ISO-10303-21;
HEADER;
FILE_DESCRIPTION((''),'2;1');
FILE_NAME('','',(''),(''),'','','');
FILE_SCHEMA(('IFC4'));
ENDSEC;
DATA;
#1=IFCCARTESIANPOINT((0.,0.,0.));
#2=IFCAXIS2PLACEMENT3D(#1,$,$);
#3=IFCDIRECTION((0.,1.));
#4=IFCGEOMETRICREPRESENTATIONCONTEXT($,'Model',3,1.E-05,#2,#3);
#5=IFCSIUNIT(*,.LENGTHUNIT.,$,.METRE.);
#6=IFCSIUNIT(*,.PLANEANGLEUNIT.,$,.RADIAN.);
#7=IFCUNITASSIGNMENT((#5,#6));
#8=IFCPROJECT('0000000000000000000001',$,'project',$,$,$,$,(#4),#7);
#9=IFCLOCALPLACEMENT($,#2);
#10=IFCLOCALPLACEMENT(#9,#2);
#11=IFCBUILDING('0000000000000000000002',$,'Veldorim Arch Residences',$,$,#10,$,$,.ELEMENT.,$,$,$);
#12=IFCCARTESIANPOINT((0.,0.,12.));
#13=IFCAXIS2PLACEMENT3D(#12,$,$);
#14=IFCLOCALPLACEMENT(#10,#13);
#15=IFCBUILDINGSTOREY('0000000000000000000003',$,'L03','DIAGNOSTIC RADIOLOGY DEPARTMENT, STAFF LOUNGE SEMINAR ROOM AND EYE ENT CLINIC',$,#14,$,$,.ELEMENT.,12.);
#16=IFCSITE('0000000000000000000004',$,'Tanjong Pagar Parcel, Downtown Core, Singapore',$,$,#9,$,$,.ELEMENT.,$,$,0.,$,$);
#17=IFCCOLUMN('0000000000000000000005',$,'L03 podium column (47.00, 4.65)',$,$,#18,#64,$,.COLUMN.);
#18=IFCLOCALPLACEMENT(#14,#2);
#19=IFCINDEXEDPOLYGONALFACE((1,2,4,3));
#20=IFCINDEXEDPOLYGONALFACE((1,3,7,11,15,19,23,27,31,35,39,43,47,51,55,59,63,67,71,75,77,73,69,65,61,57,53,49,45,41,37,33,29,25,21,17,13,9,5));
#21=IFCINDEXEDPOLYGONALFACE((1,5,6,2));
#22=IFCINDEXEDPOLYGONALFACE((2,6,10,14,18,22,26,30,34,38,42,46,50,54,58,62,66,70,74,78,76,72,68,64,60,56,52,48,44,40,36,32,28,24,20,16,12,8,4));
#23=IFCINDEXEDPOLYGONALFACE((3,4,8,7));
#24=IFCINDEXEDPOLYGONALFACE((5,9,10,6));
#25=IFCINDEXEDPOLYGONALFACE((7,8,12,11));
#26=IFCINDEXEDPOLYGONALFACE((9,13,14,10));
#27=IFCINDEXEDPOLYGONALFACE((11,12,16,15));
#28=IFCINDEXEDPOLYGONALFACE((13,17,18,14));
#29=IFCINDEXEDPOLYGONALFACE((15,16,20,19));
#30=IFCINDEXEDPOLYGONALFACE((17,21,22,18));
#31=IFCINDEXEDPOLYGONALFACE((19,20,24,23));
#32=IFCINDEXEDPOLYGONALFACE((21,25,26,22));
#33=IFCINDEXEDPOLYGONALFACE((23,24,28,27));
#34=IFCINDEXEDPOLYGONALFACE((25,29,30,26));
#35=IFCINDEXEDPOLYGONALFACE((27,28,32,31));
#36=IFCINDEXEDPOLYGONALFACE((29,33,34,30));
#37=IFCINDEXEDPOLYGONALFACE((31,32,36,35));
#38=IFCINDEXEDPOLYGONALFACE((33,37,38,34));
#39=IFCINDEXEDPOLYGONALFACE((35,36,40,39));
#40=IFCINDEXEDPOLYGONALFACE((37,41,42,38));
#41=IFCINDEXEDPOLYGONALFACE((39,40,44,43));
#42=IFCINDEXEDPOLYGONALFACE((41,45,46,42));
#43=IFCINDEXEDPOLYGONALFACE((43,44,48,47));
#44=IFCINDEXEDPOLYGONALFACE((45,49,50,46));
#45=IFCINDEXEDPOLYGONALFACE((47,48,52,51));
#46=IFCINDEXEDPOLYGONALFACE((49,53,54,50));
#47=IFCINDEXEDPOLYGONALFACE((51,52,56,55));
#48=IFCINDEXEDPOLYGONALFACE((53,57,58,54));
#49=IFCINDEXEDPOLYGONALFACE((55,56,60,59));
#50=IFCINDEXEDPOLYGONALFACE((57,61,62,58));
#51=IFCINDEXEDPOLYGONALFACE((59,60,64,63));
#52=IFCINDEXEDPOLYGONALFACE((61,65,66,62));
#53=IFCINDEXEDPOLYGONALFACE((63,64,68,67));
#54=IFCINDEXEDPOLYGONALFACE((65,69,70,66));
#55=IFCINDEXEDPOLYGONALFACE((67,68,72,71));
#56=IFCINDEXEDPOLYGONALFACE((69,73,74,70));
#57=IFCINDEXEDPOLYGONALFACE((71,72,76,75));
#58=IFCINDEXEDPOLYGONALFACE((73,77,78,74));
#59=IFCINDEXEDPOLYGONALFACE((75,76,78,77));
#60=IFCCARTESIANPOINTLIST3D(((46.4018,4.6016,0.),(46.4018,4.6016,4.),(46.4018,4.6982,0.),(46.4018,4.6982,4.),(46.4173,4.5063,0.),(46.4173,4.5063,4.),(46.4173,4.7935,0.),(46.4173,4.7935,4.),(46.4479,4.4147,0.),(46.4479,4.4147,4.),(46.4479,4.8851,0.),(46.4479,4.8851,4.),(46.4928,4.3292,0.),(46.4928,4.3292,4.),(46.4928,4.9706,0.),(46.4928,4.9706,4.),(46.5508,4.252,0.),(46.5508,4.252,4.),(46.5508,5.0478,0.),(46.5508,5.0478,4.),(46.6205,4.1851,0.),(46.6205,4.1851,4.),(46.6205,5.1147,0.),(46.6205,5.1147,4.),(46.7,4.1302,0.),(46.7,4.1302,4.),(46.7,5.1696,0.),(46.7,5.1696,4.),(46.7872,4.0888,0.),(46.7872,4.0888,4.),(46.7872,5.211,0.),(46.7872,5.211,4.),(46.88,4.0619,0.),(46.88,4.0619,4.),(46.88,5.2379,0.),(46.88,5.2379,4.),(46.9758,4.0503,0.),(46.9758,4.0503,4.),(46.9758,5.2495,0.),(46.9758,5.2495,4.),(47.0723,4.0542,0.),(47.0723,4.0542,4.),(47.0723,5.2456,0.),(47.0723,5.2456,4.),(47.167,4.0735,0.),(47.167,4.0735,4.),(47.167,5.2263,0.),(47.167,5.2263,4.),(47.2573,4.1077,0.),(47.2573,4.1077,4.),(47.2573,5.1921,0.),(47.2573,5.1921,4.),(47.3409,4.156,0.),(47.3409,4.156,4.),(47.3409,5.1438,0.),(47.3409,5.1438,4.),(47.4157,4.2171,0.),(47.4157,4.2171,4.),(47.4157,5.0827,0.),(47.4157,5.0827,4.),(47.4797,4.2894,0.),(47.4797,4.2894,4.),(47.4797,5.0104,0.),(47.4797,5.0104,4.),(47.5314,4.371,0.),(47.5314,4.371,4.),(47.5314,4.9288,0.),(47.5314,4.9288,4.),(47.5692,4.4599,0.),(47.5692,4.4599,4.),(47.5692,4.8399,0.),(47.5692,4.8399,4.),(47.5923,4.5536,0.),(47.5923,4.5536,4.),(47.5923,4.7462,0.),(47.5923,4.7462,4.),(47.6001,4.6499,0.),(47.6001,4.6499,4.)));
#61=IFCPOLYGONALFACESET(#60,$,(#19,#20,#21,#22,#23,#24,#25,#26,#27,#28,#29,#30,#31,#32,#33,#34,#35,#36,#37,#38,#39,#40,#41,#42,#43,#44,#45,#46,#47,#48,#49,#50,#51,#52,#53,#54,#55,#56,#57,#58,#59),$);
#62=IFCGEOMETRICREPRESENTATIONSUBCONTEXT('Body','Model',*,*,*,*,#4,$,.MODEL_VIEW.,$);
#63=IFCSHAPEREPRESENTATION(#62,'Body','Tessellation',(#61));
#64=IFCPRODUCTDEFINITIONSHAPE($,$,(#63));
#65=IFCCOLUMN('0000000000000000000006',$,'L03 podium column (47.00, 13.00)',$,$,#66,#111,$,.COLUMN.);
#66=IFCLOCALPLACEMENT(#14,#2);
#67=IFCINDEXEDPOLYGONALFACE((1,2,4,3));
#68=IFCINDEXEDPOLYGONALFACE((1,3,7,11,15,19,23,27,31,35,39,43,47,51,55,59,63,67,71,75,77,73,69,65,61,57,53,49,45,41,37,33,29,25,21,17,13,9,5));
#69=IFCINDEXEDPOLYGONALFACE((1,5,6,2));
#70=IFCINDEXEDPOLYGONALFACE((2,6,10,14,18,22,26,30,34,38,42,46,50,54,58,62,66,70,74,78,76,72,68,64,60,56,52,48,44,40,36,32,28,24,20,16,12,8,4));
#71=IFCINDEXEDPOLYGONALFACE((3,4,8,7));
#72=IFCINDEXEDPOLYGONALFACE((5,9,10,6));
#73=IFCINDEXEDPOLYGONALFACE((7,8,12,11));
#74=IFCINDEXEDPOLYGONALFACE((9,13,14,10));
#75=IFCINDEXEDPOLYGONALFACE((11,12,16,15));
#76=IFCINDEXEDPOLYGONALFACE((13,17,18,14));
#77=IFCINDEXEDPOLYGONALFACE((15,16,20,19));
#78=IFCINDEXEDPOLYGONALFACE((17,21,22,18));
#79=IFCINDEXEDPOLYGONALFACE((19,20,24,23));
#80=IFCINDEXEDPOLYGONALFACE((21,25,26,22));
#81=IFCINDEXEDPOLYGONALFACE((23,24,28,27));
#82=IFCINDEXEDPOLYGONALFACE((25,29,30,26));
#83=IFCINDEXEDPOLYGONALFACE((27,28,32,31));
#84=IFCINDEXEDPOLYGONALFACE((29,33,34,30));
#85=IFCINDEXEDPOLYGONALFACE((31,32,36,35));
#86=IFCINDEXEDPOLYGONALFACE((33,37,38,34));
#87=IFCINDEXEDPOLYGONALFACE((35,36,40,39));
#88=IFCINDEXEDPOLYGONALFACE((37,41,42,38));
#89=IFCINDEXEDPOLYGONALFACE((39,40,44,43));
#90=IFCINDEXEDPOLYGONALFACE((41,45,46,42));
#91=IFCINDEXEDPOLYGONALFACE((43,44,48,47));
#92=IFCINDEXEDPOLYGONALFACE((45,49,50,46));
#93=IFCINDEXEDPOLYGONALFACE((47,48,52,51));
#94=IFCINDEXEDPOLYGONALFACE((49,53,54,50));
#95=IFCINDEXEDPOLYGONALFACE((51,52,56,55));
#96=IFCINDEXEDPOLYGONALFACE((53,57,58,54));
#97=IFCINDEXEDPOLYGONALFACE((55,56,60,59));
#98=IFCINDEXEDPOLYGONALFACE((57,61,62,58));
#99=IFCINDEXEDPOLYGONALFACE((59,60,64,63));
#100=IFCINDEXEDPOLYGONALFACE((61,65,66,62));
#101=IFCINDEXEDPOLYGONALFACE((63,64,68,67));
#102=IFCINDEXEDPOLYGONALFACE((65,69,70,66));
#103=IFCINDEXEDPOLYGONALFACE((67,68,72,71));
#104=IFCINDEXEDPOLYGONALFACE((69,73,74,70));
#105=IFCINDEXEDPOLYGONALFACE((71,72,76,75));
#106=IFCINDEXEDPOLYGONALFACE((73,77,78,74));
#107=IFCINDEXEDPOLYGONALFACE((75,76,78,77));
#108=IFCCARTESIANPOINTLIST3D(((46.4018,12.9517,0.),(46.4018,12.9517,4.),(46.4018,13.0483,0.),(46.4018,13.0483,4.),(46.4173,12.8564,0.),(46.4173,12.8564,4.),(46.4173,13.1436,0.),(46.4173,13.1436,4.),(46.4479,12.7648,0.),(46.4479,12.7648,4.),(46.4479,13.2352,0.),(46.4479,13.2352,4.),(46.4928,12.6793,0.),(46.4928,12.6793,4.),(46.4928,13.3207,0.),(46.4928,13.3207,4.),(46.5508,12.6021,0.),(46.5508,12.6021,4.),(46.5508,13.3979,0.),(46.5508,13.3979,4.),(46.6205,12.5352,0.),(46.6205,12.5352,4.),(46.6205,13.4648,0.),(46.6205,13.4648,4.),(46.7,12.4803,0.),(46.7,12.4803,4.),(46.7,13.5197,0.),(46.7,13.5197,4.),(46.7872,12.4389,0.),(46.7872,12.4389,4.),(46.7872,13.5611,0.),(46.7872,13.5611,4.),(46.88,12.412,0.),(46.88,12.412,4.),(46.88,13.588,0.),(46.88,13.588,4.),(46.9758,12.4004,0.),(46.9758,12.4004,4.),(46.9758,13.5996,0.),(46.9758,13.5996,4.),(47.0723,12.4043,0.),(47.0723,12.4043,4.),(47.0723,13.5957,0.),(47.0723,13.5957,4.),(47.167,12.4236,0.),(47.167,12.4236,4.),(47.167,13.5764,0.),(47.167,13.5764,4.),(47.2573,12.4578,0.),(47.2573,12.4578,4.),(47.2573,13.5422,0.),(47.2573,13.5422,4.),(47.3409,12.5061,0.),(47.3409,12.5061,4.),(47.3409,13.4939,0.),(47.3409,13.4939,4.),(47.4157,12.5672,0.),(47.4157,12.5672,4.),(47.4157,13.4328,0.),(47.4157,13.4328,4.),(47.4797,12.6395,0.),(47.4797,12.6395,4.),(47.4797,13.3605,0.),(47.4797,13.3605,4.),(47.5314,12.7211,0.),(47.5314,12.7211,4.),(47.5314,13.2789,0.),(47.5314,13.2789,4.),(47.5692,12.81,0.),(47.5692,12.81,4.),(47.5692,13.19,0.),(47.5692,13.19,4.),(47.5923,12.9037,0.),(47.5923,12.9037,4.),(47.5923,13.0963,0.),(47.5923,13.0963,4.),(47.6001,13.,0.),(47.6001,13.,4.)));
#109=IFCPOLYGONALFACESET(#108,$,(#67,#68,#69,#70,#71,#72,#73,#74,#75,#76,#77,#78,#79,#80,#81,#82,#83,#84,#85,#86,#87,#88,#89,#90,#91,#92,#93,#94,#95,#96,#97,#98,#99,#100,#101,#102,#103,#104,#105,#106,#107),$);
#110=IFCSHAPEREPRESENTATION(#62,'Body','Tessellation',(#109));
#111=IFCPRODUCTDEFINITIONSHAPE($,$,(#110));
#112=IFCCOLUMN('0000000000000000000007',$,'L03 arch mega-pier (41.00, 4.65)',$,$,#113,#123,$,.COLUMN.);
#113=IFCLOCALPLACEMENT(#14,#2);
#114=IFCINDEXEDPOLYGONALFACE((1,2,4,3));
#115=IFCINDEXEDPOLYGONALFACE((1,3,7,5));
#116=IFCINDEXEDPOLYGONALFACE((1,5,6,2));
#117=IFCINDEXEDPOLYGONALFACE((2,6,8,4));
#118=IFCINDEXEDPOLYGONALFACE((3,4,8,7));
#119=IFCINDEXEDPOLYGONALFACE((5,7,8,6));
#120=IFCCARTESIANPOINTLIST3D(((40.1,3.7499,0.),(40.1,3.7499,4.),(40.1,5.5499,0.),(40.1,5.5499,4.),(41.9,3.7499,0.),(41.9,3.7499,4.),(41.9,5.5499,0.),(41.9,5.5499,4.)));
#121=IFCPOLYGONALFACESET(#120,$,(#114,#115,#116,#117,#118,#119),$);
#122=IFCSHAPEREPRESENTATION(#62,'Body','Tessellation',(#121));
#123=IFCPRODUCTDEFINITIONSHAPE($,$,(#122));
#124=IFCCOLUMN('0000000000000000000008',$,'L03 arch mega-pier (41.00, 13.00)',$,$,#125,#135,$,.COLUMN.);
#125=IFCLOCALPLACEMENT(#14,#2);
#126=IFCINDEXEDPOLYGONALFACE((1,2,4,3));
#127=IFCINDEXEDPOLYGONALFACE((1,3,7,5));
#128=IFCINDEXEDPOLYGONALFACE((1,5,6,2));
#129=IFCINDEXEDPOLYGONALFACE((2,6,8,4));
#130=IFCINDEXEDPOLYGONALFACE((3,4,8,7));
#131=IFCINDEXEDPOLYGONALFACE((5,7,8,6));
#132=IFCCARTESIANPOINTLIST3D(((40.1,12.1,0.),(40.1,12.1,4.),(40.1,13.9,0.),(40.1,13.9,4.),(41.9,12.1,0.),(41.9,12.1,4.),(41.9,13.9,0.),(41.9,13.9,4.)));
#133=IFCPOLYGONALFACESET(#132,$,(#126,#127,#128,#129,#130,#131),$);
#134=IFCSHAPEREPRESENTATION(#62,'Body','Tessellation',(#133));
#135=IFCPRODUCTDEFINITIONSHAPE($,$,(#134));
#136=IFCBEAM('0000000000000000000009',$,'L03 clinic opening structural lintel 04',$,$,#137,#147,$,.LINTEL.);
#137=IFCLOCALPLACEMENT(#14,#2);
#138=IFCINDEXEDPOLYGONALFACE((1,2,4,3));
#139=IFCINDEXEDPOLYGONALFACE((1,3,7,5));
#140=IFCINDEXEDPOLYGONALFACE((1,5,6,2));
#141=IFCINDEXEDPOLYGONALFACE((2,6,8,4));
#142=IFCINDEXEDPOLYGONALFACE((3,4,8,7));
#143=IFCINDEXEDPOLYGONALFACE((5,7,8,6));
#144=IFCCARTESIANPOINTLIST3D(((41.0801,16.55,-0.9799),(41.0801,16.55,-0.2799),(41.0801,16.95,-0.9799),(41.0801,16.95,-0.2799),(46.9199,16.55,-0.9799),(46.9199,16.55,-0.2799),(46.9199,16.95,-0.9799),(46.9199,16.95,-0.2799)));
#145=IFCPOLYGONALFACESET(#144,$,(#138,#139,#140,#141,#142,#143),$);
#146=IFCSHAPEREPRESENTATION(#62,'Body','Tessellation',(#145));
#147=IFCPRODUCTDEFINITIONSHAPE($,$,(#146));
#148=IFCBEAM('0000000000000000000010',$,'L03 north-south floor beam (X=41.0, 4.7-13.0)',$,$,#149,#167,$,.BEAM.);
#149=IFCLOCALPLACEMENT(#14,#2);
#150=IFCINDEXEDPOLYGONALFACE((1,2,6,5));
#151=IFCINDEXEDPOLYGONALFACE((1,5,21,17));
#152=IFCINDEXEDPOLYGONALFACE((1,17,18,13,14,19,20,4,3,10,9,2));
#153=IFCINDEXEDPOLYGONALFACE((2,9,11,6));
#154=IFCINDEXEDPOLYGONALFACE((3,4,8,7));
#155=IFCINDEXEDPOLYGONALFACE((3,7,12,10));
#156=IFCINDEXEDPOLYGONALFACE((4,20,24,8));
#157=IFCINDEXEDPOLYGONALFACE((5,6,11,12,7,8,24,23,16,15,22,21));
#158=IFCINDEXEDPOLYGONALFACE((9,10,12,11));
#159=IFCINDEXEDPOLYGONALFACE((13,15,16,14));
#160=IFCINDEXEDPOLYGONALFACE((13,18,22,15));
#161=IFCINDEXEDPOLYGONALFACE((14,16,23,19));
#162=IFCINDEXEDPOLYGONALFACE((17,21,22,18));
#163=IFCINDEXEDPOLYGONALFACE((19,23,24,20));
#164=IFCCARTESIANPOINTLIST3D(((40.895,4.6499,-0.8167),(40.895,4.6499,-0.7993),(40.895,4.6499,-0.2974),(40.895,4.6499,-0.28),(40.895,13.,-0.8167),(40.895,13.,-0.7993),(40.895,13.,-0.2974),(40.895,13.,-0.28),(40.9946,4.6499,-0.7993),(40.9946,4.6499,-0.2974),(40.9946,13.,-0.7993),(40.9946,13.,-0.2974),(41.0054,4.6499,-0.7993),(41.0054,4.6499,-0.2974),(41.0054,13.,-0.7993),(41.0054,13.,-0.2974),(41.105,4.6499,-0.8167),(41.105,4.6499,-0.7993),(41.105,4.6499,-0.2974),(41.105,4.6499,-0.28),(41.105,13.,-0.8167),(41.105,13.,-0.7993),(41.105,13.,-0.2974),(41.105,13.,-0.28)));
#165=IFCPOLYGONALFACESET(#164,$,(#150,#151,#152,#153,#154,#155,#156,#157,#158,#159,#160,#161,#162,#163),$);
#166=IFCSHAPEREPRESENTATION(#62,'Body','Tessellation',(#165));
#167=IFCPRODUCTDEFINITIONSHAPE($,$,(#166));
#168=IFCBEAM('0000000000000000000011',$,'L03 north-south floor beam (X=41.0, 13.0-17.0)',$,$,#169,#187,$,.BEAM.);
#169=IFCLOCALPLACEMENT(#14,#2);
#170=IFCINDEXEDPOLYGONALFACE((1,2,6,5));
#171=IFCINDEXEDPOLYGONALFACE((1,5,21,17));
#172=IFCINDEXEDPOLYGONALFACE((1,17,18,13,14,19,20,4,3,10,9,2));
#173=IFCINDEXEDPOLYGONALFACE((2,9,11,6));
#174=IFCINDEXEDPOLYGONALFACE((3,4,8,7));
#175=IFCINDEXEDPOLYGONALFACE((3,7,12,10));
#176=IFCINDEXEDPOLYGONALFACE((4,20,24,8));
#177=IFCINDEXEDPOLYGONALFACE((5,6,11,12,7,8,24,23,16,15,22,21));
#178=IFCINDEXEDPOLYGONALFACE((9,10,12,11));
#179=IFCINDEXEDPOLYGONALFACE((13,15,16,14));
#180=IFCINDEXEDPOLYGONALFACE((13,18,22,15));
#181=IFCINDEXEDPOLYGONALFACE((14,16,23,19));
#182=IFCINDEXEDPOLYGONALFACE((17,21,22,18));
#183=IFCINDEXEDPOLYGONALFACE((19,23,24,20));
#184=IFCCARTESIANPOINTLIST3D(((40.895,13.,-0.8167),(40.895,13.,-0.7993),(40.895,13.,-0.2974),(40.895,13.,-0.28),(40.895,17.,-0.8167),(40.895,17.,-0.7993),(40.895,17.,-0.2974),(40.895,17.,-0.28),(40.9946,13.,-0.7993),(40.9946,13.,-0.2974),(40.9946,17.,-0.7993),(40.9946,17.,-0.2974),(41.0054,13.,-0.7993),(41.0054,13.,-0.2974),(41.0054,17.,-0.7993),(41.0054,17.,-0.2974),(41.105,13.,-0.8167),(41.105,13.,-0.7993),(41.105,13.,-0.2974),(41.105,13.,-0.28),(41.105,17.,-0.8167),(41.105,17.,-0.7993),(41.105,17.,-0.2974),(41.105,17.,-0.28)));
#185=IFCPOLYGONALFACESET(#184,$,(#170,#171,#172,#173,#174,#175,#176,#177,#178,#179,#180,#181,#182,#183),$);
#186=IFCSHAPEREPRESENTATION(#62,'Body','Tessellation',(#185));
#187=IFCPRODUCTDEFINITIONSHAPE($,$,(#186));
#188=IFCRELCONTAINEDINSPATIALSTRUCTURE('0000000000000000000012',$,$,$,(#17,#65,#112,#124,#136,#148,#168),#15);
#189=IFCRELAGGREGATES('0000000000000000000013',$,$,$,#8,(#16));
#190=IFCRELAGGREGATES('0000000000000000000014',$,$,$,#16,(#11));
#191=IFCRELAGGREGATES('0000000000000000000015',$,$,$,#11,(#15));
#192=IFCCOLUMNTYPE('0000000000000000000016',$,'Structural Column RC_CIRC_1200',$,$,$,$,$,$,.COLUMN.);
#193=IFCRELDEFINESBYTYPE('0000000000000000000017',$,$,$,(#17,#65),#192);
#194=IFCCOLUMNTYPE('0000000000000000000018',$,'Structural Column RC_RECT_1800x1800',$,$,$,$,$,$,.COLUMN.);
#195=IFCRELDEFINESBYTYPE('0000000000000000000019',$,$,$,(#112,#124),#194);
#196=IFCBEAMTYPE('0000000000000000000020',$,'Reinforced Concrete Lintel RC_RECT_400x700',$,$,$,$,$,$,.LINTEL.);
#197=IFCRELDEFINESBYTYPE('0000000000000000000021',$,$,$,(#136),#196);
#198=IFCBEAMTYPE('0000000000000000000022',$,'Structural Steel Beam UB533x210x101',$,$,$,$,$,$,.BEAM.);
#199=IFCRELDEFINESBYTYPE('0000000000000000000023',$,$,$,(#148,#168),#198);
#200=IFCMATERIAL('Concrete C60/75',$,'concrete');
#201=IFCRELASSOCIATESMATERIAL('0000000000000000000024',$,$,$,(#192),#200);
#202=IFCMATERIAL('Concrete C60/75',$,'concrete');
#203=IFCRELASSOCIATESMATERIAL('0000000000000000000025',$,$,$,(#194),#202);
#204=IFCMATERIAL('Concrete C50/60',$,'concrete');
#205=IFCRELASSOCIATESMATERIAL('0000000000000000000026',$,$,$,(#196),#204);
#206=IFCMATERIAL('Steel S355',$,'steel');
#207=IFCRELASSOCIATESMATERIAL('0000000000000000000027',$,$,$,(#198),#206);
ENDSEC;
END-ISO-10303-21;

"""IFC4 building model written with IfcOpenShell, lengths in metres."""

from ifc_helpers import new_model, si_unit, direction, frame, origin, origin_2d, place, context, subcontext, project, spatial, rectangle, circle, i_section, extrude, material, material_profile, profile_set, type_object, element, save


model = new_model("IFC4")

# Units and contexts
model_context = context("Model", 3, precision=1e-05, world=origin(), true_north=direction((0.0, 1.0)))
body_context = subcontext(model_context, "Body", "Model", "MODEL_VIEW")
ifc_project = project(units=[si_unit("LENGTHUNIT", "METRE"), si_unit("PLANEANGLEUNIT", "RADIAN")], contexts=[model_context])

# Site, building, storey
site_placement = place(None, origin())
site = spatial("IfcSite", under=ifc_project, at=site_placement, Name="Tanjong Pagar Parcel, Downtown Core, Singapore", CompositionType="ELEMENT", RefElevation=0.0)
building_placement = place(site_placement, origin())
building = spatial("IfcBuilding", under=site, at=building_placement, Name="Veldorim Arch Residences", CompositionType="ELEMENT")
storey_placement = place(building_placement, frame((0.0, 0.0, 12.0)))
storey = spatial("IfcBuildingStorey", under=building, at=storey_placement, Name="L03", Description="DIAGNOSTIC RADIOLOGY DEPARTMENT, STAFF LOUNGE SEMINAR ROOM AND EYE ENT CLINIC", CompositionType="ELEMENT", Elevation=12.0)

# Columns
ifc_material_1 = material(Name="Concrete C60/75", Category="concrete")
ifc_material_profile_1 = material_profile(ifc_material_1, circle(Radius=0.6001, at=origin_2d()), Name="RC_CIRC_1200")
ifc_profile_set_1 = profile_set([ifc_material_profile_1], Name="Concrete C60/75")
column_type_1 = type_object("IfcColumnType", Name="Structural Column RC_CIRC_1200", PredefinedType="COLUMN", material=ifc_profile_set_1)
for number, where, z_axis, x_axis, name in (
    (1, (47.0, 4.6499, 0.0), (0.0, 0.0, 1.0), (1.0, 0.0, 0.0), "L03 podium column (47.00, 4.65)"),
    (2, (47.0, 13.0, 0.0), (0.0, 0.0, 1.0), (1.0, 0.0, 0.0), "L03 podium column (47.00, 13.00)"),
):
    element("IfcColumn", number, at=place(storey_placement, frame(where, z_axis=z_axis, x_axis=x_axis)), inside=storey, type_object=column_type_1, Name=name, PredefinedType="COLUMN", context=body_context, shape_type="SweptSolid", body=[
        extrude(circle(Radius=0.6001, at=origin_2d()), origin(), (0.0, 0.0, 1.0), 4.0),
    ])
ifc_material_2 = material(Name="Concrete C60/75", Category="concrete")
ifc_material_profile_2 = material_profile(ifc_material_2, rectangle(XDim=1.8, YDim=1.8, at=origin_2d()), Name="RC_RECT_1800x1800")
ifc_profile_set_2 = profile_set([ifc_material_profile_2], Name="Concrete C60/75")
column_type_2 = type_object("IfcColumnType", Name="Structural Column RC_RECT_1800x1800", PredefinedType="COLUMN", material=ifc_profile_set_2)
for number, where, z_axis, x_axis, name in (
    (3, (41.0, 4.6499, 0.0), (0.0, 0.0, 1.0), (1.0, 0.0, 0.0), "L03 arch mega-pier (41.00, 4.65)"),
    (4, (41.0, 13.0, 0.0), (0.0, 0.0, 1.0), (1.0, 0.0, 0.0), "L03 arch mega-pier (41.00, 13.00)"),
):
    element("IfcColumn", number, at=place(storey_placement, frame(where, z_axis=z_axis, x_axis=x_axis)), inside=storey, type_object=column_type_2, Name=name, PredefinedType="COLUMN", context=body_context, shape_type="SweptSolid", body=[
        extrude(rectangle(XDim=1.8, YDim=1.8, at=origin_2d()), origin(), (0.0, 0.0, 1.0), 4.0),
    ])

# Beams
ifc_material_3 = material(Name="Concrete C50/60", Category="concrete")
ifc_material_profile_3 = material_profile(ifc_material_3, rectangle(XDim=0.3999, YDim=0.7, at=origin_2d()), Name="RC_RECT_400x700")
ifc_profile_set_3 = profile_set([ifc_material_profile_3], Name="Concrete C50/60")
beam_type_1 = type_object("IfcBeamType", Name="Reinforced Concrete Lintel RC_RECT_400x700", PredefinedType="LINTEL", material=ifc_profile_set_3)
beam_1_placement = place(storey_placement, frame((41.0801, 16.75, -0.6299), z_axis=(1.0, 0.0, 0.0), x_axis=(0.0, 1.0, 0.0)))
element("IfcBeam", 5, at=beam_1_placement, inside=storey, type_object=beam_type_1, Name="L03 clinic opening structural lintel 04", PredefinedType="LINTEL", context=body_context, shape_type="SweptSolid", body=[
    extrude(rectangle(XDim=0.3999, YDim=0.7, at=origin_2d()), origin(), (0.0, 0.0, 1.0), 5.8398),
])
ifc_material_4 = material(Name="Steel S355", Category="steel")
ifc_material_profile_4 = material_profile(ifc_material_4, i_section(OverallWidth=0.21, OverallDepth=0.5366, WebThickness=0.0107, FlangeThickness=0.0173, at=origin_2d()), Name="UB533x210x101")
ifc_profile_set_4 = profile_set([ifc_material_profile_4], Name="Steel S355")
beam_type_2 = type_object("IfcBeamType", Name="Structural Steel Beam UB533x210x101", PredefinedType="BEAM", material=ifc_profile_set_4)
beam_2_placement = place(storey_placement, frame((41.0, 4.6499, -0.5483), z_axis=(0.0, 1.0, 0.0), x_axis=(-1.0, 0.0, 0.0)))
element("IfcBeam", 6, at=beam_2_placement, inside=storey, type_object=beam_type_2, Name="L03 north-south floor beam (X=41.0, 4.7-13.0)", PredefinedType="BEAM", context=body_context, shape_type="SweptSolid", body=[
    extrude(i_section(OverallWidth=0.21, OverallDepth=0.5366, WebThickness=0.0107, FlangeThickness=0.0173, at=origin_2d()), origin(), (0.0, 0.0, 1.0), 8.3501),
])
beam_3_placement = place(storey_placement, frame((41.0, 13.0, -0.5483), z_axis=(0.0, 1.0, 0.0), x_axis=(-1.0, 0.0, 0.0)))
element("IfcBeam", 7, at=beam_3_placement, inside=storey, type_object=beam_type_2, Name="L03 north-south floor beam (X=41.0, 13.0-17.0)", PredefinedType="BEAM", context=body_context, shape_type="SweptSolid", body=[
    extrude(i_section(OverallWidth=0.21, OverallDepth=0.5366, WebThickness=0.0107, FlangeThickness=0.0173, at=origin_2d()), origin(), (0.0, 0.0, 1.0), 4.0),
])

save(model, "model.ifc")
